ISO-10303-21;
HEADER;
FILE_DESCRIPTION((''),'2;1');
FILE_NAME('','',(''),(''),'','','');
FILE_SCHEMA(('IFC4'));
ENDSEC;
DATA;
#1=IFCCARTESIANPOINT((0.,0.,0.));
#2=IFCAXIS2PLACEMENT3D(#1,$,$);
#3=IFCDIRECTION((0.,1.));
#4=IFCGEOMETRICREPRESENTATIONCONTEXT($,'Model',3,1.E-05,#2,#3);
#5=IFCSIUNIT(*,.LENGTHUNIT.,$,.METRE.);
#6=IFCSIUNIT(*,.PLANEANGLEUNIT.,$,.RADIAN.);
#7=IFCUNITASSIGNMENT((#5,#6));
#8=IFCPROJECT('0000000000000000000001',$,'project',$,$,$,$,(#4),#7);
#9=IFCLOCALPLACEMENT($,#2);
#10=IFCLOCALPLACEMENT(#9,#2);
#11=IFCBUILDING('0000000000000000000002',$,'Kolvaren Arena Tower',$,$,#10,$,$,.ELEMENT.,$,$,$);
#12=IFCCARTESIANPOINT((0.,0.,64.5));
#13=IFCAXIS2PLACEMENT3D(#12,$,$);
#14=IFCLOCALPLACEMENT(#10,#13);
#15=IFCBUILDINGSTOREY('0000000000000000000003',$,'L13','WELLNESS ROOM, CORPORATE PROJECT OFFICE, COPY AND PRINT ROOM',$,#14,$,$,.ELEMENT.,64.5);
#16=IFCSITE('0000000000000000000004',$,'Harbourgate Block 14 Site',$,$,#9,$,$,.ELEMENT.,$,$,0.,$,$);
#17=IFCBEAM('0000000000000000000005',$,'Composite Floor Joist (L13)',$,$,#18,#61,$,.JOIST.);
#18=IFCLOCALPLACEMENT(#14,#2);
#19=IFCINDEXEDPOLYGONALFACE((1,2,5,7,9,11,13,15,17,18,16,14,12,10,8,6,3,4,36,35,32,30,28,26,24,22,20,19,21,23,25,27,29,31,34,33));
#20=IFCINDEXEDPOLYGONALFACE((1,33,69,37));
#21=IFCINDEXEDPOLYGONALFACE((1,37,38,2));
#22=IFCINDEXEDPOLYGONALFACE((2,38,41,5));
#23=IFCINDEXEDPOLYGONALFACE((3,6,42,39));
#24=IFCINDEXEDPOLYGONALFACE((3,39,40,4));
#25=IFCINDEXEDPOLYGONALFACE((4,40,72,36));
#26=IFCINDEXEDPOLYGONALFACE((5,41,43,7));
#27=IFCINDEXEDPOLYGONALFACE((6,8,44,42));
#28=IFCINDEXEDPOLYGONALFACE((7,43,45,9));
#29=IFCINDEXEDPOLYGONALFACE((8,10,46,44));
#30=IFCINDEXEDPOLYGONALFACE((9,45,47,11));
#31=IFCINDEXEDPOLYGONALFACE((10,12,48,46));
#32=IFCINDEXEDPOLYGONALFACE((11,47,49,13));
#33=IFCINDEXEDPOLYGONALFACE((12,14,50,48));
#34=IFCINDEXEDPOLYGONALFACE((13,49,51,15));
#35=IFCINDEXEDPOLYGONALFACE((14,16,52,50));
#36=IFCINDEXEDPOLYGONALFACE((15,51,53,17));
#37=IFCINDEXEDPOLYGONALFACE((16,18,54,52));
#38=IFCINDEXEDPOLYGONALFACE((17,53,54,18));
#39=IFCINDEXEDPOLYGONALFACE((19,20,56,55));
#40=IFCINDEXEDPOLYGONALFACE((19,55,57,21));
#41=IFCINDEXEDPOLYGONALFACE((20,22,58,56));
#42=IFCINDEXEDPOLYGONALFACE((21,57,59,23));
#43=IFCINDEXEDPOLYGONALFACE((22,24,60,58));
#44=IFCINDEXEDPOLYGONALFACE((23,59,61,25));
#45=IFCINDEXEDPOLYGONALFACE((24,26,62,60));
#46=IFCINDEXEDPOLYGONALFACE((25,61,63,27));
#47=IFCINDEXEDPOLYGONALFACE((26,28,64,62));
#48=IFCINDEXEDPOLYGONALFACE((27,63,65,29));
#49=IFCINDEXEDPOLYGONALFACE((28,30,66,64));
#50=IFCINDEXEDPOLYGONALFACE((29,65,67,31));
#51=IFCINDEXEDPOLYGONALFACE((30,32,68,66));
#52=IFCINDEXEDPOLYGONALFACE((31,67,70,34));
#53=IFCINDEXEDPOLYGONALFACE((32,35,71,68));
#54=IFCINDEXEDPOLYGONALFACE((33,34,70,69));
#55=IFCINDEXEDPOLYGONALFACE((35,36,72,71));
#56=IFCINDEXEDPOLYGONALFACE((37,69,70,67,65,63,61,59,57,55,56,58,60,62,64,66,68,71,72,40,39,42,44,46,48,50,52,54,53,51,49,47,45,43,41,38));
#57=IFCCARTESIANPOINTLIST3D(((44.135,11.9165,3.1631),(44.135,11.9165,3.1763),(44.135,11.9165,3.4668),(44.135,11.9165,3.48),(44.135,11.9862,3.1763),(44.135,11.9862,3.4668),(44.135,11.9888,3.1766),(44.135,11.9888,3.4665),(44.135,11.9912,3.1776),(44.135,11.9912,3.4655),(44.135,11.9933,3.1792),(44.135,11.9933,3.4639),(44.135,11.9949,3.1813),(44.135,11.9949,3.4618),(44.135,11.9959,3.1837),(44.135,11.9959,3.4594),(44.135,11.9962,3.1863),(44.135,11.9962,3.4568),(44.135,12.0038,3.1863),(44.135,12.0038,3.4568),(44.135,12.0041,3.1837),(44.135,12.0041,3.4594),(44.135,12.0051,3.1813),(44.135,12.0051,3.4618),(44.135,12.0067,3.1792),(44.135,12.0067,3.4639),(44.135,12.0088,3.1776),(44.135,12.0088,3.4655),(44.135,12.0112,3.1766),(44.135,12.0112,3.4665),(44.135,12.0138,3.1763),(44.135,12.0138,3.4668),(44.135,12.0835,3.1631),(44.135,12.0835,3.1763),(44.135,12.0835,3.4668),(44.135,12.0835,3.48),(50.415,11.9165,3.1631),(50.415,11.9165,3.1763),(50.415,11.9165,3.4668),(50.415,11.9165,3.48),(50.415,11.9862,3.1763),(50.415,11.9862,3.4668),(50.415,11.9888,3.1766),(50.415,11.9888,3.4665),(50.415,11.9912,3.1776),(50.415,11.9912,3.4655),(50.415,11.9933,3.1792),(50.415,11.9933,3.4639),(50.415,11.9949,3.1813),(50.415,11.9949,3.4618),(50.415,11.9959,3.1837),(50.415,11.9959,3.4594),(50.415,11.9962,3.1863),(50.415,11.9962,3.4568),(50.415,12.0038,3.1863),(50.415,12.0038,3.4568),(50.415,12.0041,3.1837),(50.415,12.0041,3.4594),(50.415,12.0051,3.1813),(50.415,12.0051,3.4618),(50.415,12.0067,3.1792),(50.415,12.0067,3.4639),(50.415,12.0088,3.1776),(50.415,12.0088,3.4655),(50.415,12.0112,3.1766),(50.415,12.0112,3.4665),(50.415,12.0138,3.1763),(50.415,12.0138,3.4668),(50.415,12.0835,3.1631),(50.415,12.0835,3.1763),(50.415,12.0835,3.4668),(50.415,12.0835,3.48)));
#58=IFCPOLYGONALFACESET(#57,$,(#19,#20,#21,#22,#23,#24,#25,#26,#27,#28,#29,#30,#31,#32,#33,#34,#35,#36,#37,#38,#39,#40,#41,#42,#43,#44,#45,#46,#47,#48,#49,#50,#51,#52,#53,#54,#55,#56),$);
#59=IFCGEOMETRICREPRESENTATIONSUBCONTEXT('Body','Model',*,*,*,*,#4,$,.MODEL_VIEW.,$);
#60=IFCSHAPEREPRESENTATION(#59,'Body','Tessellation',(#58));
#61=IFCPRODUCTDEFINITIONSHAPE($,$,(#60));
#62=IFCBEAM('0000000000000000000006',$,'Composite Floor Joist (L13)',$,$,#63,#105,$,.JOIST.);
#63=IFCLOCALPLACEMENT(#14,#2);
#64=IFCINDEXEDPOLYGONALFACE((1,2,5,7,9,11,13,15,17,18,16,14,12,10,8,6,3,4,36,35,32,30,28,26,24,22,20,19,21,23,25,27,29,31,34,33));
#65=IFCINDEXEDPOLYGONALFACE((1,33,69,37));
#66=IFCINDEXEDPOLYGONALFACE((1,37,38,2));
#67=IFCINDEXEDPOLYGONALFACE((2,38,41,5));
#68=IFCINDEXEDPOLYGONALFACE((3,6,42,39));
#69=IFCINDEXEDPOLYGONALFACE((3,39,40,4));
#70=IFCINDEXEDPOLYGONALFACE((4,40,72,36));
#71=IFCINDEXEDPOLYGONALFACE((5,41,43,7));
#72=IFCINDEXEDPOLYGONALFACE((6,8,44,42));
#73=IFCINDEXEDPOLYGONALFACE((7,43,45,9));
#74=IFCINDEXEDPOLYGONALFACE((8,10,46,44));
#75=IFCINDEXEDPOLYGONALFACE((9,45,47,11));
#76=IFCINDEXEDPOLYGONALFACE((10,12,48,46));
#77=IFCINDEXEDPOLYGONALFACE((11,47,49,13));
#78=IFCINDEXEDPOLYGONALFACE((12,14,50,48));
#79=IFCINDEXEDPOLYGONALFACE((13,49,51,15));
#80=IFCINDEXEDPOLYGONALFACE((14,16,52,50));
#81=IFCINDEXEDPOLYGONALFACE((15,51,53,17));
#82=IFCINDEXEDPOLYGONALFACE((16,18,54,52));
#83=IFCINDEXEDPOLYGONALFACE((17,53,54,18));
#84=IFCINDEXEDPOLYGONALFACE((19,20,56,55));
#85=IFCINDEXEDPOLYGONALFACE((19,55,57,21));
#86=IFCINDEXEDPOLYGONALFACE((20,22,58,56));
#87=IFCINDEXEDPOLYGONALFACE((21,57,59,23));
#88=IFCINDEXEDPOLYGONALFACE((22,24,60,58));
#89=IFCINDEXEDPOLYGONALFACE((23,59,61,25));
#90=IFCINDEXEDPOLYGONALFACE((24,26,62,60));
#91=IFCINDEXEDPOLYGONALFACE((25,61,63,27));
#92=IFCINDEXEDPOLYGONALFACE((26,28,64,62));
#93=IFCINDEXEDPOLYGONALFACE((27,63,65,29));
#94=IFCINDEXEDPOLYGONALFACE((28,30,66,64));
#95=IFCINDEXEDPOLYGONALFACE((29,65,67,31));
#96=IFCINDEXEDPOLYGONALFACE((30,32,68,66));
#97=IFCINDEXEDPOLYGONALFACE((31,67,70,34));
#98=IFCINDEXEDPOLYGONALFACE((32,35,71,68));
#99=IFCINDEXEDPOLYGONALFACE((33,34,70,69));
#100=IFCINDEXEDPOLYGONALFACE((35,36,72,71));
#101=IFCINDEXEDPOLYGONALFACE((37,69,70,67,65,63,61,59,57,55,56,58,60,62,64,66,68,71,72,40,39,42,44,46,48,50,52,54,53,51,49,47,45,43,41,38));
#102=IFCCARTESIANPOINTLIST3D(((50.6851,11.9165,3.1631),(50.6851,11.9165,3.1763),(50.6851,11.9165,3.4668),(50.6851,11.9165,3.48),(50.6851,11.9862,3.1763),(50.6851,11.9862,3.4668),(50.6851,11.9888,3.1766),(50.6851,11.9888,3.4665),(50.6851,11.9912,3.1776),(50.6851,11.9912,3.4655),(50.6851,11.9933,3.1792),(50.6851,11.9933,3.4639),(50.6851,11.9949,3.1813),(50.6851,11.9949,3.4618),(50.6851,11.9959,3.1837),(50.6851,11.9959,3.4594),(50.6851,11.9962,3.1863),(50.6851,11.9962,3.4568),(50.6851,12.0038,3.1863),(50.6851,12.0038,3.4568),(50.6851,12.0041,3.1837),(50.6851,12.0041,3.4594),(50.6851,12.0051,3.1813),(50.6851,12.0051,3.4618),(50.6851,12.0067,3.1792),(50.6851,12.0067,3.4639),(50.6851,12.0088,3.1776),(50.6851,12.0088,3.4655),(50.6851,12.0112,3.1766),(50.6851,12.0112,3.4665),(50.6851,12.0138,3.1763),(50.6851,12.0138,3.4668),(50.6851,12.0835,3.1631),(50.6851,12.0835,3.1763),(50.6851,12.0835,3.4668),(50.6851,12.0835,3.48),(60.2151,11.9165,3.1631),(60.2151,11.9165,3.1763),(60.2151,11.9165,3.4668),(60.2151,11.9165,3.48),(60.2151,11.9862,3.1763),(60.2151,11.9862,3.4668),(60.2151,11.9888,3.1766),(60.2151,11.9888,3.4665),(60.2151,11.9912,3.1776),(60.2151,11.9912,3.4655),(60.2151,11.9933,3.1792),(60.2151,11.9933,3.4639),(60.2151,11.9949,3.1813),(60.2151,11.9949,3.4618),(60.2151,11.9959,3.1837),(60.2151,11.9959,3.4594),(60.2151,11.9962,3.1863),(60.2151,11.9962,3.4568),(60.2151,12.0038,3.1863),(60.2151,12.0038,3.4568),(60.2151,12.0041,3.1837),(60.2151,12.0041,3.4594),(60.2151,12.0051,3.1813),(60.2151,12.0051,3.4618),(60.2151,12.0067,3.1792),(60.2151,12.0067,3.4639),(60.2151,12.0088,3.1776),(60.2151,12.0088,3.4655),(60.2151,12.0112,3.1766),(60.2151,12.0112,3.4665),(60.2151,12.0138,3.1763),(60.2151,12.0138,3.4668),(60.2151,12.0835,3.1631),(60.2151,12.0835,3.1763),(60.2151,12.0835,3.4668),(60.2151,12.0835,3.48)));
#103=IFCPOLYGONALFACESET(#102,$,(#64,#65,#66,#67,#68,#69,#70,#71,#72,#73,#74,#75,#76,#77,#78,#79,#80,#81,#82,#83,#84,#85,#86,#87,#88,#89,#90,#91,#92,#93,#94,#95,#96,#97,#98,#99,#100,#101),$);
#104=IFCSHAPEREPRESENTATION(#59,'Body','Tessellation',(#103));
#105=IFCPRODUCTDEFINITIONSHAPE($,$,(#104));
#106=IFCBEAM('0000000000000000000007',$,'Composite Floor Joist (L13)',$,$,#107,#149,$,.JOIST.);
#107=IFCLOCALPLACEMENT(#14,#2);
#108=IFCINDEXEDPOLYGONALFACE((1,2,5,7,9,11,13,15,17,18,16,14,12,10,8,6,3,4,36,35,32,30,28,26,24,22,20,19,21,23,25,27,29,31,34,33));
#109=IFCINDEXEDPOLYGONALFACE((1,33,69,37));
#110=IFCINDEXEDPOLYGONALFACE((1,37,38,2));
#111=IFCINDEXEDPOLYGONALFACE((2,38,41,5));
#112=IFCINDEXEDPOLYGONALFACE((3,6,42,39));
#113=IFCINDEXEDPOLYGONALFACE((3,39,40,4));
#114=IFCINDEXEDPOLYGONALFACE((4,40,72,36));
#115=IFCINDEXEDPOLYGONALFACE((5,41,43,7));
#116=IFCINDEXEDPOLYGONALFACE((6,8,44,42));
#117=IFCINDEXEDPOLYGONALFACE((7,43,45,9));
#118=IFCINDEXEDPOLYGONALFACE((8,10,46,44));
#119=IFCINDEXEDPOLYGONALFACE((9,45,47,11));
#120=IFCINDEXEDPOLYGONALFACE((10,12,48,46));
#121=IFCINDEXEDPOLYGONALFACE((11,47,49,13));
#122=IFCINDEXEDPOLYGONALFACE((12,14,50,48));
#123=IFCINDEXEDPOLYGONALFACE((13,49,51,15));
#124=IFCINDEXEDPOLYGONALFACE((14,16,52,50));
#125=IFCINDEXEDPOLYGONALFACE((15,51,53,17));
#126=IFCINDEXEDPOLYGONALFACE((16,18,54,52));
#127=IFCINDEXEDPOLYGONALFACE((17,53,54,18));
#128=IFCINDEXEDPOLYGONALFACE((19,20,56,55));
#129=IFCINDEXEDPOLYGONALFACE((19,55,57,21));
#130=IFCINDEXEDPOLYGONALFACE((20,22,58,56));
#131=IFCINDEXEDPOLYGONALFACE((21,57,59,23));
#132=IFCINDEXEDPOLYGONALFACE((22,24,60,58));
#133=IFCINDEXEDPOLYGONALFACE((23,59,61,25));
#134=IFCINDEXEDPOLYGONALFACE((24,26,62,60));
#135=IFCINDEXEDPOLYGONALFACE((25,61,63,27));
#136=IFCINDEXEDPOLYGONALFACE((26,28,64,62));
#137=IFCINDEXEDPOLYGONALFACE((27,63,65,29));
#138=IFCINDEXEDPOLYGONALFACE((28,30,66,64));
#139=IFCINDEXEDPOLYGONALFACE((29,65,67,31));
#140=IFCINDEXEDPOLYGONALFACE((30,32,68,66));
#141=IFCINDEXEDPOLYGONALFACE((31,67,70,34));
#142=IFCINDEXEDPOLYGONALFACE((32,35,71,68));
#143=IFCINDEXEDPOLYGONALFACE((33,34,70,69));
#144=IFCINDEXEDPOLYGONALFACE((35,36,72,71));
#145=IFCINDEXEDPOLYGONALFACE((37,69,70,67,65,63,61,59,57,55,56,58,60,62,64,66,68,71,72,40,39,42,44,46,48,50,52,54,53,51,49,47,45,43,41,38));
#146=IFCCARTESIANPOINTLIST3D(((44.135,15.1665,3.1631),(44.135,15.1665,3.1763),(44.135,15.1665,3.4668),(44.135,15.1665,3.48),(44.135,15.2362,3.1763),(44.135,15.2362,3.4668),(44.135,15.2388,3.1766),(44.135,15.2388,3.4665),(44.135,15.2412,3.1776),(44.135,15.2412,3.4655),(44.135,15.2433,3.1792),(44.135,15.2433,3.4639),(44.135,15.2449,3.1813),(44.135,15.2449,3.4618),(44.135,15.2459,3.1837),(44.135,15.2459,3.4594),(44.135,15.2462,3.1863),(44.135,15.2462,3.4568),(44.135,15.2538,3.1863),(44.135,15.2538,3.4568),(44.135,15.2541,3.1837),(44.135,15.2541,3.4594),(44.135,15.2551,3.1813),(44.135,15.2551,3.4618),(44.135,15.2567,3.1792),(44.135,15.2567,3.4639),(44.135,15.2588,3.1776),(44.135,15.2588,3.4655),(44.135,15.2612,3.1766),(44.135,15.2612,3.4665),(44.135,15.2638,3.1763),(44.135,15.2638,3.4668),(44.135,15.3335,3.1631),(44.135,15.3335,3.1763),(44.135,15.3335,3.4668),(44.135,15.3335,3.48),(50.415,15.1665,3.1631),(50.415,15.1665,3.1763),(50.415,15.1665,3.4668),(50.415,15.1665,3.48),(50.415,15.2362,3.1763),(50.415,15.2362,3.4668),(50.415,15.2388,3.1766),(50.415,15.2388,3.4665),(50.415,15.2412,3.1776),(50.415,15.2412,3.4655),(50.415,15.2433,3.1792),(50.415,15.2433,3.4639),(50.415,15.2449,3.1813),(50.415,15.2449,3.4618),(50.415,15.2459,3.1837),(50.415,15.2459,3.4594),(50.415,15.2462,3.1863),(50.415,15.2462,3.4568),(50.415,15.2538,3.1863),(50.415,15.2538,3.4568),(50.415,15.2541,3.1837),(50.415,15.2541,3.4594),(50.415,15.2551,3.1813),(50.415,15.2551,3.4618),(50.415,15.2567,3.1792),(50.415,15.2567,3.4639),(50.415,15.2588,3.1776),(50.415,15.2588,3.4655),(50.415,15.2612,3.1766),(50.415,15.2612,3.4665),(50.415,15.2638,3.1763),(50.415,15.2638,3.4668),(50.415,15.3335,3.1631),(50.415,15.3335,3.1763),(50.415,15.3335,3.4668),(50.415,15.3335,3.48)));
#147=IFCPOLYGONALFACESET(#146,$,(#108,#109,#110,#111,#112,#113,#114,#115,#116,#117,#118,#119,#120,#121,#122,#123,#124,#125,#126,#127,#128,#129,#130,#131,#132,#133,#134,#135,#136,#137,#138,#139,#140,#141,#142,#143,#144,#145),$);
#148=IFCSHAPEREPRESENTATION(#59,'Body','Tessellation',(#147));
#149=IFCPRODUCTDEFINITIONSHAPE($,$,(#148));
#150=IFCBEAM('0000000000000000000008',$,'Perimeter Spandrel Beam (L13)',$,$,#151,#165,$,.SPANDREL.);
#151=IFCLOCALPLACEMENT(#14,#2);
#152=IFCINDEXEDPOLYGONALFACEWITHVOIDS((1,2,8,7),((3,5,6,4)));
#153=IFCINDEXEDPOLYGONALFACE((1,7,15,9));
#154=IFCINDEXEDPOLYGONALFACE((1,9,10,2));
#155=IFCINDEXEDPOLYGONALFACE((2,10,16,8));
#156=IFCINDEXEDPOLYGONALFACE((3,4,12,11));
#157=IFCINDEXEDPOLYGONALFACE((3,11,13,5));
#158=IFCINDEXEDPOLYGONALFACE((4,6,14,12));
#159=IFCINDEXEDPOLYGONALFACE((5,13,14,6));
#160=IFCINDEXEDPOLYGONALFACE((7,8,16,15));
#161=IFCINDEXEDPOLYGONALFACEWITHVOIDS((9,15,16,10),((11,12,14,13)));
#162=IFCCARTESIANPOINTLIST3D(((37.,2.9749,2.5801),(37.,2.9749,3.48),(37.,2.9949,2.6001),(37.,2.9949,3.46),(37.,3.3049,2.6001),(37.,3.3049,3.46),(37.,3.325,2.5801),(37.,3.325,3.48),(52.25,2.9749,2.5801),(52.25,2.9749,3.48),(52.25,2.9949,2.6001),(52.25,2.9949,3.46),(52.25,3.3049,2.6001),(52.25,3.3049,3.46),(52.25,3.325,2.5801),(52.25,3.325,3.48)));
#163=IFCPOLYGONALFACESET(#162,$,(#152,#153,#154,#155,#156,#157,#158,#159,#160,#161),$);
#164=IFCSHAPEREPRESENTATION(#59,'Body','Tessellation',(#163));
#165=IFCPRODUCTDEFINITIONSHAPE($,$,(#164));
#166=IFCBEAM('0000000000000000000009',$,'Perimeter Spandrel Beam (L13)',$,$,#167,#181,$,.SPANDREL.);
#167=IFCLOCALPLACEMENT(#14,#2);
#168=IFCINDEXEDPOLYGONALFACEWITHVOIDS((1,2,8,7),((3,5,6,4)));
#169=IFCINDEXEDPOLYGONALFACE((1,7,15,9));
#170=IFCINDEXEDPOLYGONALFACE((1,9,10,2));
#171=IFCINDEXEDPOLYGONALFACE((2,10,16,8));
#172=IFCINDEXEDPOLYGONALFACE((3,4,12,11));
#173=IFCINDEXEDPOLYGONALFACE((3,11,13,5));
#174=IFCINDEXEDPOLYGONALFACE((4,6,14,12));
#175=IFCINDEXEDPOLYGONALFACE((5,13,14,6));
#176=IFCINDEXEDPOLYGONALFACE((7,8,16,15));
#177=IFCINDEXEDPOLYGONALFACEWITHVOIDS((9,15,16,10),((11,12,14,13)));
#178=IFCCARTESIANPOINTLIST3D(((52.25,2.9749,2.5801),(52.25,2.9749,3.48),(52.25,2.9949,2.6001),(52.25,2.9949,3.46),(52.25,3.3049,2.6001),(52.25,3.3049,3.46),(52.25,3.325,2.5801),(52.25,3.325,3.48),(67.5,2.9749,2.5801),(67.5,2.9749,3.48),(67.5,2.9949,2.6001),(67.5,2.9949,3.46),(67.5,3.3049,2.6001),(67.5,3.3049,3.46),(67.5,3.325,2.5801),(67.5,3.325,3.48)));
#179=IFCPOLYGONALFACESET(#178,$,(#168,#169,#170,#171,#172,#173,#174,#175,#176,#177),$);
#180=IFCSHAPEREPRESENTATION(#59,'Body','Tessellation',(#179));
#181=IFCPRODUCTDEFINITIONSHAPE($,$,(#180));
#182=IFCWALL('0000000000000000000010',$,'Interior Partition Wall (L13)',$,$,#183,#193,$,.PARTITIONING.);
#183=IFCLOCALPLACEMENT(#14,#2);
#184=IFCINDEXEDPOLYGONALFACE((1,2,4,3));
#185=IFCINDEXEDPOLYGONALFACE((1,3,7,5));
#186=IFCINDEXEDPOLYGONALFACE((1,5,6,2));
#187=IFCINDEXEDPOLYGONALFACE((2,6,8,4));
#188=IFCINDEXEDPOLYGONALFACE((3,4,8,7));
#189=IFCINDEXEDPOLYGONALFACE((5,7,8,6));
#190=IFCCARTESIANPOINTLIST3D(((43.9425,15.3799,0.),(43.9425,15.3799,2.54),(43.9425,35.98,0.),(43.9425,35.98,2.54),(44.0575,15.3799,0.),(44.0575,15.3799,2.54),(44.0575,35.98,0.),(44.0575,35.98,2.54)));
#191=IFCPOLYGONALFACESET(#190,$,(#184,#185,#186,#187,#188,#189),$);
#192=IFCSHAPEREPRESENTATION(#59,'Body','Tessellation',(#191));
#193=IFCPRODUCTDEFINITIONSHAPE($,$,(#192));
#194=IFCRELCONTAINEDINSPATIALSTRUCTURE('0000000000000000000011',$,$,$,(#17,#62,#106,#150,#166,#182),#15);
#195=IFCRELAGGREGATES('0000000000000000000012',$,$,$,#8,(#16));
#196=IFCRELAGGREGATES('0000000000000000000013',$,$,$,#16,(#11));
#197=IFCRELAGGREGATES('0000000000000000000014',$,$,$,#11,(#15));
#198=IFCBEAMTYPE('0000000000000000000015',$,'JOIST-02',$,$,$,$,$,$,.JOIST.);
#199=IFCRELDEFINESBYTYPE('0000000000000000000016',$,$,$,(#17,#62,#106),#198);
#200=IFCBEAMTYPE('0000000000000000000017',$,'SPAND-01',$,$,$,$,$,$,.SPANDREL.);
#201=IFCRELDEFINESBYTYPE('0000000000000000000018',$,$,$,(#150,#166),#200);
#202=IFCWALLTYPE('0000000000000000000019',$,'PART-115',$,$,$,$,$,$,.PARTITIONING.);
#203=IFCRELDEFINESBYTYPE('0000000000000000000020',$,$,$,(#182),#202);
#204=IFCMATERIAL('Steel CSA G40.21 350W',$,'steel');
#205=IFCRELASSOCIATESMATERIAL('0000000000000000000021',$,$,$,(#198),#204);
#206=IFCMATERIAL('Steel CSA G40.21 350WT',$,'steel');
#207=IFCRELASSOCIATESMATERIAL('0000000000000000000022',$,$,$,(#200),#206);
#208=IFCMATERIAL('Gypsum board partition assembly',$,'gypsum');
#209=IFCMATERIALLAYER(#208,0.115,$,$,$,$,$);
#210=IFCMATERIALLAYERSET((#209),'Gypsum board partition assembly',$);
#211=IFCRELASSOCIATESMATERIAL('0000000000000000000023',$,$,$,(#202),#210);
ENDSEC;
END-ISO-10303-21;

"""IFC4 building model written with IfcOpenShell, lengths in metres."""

from ifc_helpers import new_model, si_unit, direction, frame, frame_2d, origin, origin_2d, place, context, subcontext, project, spatial, rectangle, hollow_rectangle, i_section, extrude, material, layer, layer_set, material_profile, profile_set, type_object, element, save


model = new_model("IFC4")

# Units and contexts
model_context = context("Model", 3, precision=1e-05, world=origin(), true_north=direction((0.0, 1.0)))
body_context = subcontext(model_context, "Body", "Model", "MODEL_VIEW")
ifc_project = project(units=[si_unit("LENGTHUNIT", "METRE"), si_unit("PLANEANGLEUNIT", "RADIAN")], contexts=[model_context])

# Site, building, storey
site_placement = place(None, origin())
site = spatial("IfcSite", under=ifc_project, at=site_placement, Name="Harbourgate Block 14 Site", CompositionType="ELEMENT", RefElevation=0.0)
building_placement = place(site_placement, origin())
building = spatial("IfcBuilding", under=site, at=building_placement, Name="Kolvaren Arena Tower", CompositionType="ELEMENT")
storey_placement = place(building_placement, frame((0.0, 0.0, 64.5)))
storey = spatial("IfcBuildingStorey", under=building, at=storey_placement, Name="L13", Description="WELLNESS ROOM, CORPORATE PROJECT OFFICE, COPY AND PRINT ROOM", CompositionType="ELEMENT", Elevation=64.5)

# Beams
ifc_material_1 = material(Name="Steel CSA G40.21 350W", Category="steel")
ifc_material_profile_1 = material_profile(ifc_material_1, i_section(OverallWidth=0.167, OverallDepth=0.3169, WebThickness=0.0076, FlangeThickness=0.0132, FilletRadius=0.01, at=origin_2d()), Name="W310x52")
ifc_profile_set_1 = profile_set([ifc_material_profile_1], Name="Steel CSA G40.21 350W")
beam_type_1 = type_object("IfcBeamType", Name="JOIST-02", PredefinedType="JOIST", material=ifc_profile_set_1)
beam_1_placement = place(storey_placement, frame((44.135, 12.0, 3.3215), z_axis=(1.0, 0.0, 0.0), x_axis=(0.0, 1.0, 0.0)))
element("IfcBeam", 1, at=beam_1_placement, inside=storey, type_object=beam_type_1, Name="Composite Floor Joist (L13)", PredefinedType="JOIST", context=body_context, shape_type="SweptSolid", body=[
    extrude(i_section(OverallWidth=0.167, OverallDepth=0.3169, WebThickness=0.0076, FlangeThickness=0.0132, FilletRadius=0.01, at=origin_2d()), origin(), (0.0, 0.0, 1.0), 6.28),
])
beam_2_placement = place(storey_placement, frame((50.6851, 12.0, 3.3215), z_axis=(1.0, 0.0, 0.0), x_axis=(0.0, 1.0, 0.0)))
element("IfcBeam", 2, at=beam_2_placement, inside=storey, type_object=beam_type_1, Name="Composite Floor Joist (L13)", PredefinedType="JOIST", context=body_context, shape_type="SweptSolid", body=[
    extrude(i_section(OverallWidth=0.167, OverallDepth=0.3169, WebThickness=0.0076, FlangeThickness=0.0132, FilletRadius=0.01, at=origin_2d()), origin(), (0.0, 0.0, 1.0), 9.53),
])
beam_3_placement = place(storey_placement, frame((44.135, 15.25, 3.3215), z_axis=(1.0, 0.0, 0.0), x_axis=(0.0, 1.0, 0.0)))
element("IfcBeam", 3, at=beam_3_placement, inside=storey, type_object=beam_type_1, Name="Composite Floor Joist (L13)", PredefinedType="JOIST", context=body_context, shape_type="SweptSolid", body=[
    extrude(i_section(OverallWidth=0.167, OverallDepth=0.3169, WebThickness=0.0076, FlangeThickness=0.0132, FilletRadius=0.01, at=origin_2d()), origin(), (0.0, 0.0, 1.0), 6.28),
])
ifc_material_2 = material(Name="Steel CSA G40.21 350WT", Category="steel")
ifc_material_profile_2 = material_profile(ifc_material_2, hollow_rectangle(XDim=0.3501, YDim=0.8999, WallThickness=0.02, at=origin_2d()), Name="HSS 900x350x20")
ifc_profile_set_2 = profile_set([ifc_material_profile_2], Name="Steel CSA G40.21 350WT")
beam_type_2 = type_object("IfcBeamType", Name="SPAND-01", PredefinedType="SPANDREL", material=ifc_profile_set_2)
for number, where, z_axis, x_axis, name in (
    (4, (37.0, 3.1499, 3.03), (1.0, 0.0, 0.0), (0.0, 1.0, 0.0), "Perimeter Spandrel Beam (L13)"),
    (5, (52.25, 3.1499, 3.03), (1.0, 0.0, 0.0), (0.0, 1.0, 0.0), "Perimeter Spandrel Beam (L13)"),
):
    element("IfcBeam", number, at=place(storey_placement, frame(where, z_axis=z_axis, x_axis=x_axis)), inside=storey, type_object=beam_type_2, Name=name, PredefinedType="SPANDREL", context=body_context, shape_type="SweptSolid", body=[
        extrude(hollow_rectangle(XDim=0.3501, YDim=0.8999, WallThickness=0.02, at=origin_2d()), origin(), (0.0, 0.0, 1.0), 15.25),
    ])

# Wall
ifc_material_3 = material(Name="Gypsum board partition assembly", Category="gypsum")
ifc_layer_1 = layer(ifc_material_3, 0.115)
ifc_layer_set_1 = layer_set([ifc_layer_1], Name="Gypsum board partition assembly")
wall_type_1 = type_object("IfcWallType", Name="PART-115", PredefinedType="PARTITIONING", material=ifc_layer_set_1)
wall_placement = place(storey_placement, frame((44.0, 15.3799, 0.0), z_axis=(0.0, 0.0, 1.0), x_axis=(0.0, 1.0, 0.0)))
element("IfcWall", 6, at=wall_placement, inside=storey, type_object=wall_type_1, Name="Interior Partition Wall (L13)", PredefinedType="PARTITIONING", context=body_context, shape_type="SweptSolid", body=[
    extrude(rectangle(XDim=20.6001, YDim=0.115, at=frame_2d((10.3, 0.0))), origin(), (0.0, 0.0, 1.0), 2.54),
])

save(model, "model.ifc")
